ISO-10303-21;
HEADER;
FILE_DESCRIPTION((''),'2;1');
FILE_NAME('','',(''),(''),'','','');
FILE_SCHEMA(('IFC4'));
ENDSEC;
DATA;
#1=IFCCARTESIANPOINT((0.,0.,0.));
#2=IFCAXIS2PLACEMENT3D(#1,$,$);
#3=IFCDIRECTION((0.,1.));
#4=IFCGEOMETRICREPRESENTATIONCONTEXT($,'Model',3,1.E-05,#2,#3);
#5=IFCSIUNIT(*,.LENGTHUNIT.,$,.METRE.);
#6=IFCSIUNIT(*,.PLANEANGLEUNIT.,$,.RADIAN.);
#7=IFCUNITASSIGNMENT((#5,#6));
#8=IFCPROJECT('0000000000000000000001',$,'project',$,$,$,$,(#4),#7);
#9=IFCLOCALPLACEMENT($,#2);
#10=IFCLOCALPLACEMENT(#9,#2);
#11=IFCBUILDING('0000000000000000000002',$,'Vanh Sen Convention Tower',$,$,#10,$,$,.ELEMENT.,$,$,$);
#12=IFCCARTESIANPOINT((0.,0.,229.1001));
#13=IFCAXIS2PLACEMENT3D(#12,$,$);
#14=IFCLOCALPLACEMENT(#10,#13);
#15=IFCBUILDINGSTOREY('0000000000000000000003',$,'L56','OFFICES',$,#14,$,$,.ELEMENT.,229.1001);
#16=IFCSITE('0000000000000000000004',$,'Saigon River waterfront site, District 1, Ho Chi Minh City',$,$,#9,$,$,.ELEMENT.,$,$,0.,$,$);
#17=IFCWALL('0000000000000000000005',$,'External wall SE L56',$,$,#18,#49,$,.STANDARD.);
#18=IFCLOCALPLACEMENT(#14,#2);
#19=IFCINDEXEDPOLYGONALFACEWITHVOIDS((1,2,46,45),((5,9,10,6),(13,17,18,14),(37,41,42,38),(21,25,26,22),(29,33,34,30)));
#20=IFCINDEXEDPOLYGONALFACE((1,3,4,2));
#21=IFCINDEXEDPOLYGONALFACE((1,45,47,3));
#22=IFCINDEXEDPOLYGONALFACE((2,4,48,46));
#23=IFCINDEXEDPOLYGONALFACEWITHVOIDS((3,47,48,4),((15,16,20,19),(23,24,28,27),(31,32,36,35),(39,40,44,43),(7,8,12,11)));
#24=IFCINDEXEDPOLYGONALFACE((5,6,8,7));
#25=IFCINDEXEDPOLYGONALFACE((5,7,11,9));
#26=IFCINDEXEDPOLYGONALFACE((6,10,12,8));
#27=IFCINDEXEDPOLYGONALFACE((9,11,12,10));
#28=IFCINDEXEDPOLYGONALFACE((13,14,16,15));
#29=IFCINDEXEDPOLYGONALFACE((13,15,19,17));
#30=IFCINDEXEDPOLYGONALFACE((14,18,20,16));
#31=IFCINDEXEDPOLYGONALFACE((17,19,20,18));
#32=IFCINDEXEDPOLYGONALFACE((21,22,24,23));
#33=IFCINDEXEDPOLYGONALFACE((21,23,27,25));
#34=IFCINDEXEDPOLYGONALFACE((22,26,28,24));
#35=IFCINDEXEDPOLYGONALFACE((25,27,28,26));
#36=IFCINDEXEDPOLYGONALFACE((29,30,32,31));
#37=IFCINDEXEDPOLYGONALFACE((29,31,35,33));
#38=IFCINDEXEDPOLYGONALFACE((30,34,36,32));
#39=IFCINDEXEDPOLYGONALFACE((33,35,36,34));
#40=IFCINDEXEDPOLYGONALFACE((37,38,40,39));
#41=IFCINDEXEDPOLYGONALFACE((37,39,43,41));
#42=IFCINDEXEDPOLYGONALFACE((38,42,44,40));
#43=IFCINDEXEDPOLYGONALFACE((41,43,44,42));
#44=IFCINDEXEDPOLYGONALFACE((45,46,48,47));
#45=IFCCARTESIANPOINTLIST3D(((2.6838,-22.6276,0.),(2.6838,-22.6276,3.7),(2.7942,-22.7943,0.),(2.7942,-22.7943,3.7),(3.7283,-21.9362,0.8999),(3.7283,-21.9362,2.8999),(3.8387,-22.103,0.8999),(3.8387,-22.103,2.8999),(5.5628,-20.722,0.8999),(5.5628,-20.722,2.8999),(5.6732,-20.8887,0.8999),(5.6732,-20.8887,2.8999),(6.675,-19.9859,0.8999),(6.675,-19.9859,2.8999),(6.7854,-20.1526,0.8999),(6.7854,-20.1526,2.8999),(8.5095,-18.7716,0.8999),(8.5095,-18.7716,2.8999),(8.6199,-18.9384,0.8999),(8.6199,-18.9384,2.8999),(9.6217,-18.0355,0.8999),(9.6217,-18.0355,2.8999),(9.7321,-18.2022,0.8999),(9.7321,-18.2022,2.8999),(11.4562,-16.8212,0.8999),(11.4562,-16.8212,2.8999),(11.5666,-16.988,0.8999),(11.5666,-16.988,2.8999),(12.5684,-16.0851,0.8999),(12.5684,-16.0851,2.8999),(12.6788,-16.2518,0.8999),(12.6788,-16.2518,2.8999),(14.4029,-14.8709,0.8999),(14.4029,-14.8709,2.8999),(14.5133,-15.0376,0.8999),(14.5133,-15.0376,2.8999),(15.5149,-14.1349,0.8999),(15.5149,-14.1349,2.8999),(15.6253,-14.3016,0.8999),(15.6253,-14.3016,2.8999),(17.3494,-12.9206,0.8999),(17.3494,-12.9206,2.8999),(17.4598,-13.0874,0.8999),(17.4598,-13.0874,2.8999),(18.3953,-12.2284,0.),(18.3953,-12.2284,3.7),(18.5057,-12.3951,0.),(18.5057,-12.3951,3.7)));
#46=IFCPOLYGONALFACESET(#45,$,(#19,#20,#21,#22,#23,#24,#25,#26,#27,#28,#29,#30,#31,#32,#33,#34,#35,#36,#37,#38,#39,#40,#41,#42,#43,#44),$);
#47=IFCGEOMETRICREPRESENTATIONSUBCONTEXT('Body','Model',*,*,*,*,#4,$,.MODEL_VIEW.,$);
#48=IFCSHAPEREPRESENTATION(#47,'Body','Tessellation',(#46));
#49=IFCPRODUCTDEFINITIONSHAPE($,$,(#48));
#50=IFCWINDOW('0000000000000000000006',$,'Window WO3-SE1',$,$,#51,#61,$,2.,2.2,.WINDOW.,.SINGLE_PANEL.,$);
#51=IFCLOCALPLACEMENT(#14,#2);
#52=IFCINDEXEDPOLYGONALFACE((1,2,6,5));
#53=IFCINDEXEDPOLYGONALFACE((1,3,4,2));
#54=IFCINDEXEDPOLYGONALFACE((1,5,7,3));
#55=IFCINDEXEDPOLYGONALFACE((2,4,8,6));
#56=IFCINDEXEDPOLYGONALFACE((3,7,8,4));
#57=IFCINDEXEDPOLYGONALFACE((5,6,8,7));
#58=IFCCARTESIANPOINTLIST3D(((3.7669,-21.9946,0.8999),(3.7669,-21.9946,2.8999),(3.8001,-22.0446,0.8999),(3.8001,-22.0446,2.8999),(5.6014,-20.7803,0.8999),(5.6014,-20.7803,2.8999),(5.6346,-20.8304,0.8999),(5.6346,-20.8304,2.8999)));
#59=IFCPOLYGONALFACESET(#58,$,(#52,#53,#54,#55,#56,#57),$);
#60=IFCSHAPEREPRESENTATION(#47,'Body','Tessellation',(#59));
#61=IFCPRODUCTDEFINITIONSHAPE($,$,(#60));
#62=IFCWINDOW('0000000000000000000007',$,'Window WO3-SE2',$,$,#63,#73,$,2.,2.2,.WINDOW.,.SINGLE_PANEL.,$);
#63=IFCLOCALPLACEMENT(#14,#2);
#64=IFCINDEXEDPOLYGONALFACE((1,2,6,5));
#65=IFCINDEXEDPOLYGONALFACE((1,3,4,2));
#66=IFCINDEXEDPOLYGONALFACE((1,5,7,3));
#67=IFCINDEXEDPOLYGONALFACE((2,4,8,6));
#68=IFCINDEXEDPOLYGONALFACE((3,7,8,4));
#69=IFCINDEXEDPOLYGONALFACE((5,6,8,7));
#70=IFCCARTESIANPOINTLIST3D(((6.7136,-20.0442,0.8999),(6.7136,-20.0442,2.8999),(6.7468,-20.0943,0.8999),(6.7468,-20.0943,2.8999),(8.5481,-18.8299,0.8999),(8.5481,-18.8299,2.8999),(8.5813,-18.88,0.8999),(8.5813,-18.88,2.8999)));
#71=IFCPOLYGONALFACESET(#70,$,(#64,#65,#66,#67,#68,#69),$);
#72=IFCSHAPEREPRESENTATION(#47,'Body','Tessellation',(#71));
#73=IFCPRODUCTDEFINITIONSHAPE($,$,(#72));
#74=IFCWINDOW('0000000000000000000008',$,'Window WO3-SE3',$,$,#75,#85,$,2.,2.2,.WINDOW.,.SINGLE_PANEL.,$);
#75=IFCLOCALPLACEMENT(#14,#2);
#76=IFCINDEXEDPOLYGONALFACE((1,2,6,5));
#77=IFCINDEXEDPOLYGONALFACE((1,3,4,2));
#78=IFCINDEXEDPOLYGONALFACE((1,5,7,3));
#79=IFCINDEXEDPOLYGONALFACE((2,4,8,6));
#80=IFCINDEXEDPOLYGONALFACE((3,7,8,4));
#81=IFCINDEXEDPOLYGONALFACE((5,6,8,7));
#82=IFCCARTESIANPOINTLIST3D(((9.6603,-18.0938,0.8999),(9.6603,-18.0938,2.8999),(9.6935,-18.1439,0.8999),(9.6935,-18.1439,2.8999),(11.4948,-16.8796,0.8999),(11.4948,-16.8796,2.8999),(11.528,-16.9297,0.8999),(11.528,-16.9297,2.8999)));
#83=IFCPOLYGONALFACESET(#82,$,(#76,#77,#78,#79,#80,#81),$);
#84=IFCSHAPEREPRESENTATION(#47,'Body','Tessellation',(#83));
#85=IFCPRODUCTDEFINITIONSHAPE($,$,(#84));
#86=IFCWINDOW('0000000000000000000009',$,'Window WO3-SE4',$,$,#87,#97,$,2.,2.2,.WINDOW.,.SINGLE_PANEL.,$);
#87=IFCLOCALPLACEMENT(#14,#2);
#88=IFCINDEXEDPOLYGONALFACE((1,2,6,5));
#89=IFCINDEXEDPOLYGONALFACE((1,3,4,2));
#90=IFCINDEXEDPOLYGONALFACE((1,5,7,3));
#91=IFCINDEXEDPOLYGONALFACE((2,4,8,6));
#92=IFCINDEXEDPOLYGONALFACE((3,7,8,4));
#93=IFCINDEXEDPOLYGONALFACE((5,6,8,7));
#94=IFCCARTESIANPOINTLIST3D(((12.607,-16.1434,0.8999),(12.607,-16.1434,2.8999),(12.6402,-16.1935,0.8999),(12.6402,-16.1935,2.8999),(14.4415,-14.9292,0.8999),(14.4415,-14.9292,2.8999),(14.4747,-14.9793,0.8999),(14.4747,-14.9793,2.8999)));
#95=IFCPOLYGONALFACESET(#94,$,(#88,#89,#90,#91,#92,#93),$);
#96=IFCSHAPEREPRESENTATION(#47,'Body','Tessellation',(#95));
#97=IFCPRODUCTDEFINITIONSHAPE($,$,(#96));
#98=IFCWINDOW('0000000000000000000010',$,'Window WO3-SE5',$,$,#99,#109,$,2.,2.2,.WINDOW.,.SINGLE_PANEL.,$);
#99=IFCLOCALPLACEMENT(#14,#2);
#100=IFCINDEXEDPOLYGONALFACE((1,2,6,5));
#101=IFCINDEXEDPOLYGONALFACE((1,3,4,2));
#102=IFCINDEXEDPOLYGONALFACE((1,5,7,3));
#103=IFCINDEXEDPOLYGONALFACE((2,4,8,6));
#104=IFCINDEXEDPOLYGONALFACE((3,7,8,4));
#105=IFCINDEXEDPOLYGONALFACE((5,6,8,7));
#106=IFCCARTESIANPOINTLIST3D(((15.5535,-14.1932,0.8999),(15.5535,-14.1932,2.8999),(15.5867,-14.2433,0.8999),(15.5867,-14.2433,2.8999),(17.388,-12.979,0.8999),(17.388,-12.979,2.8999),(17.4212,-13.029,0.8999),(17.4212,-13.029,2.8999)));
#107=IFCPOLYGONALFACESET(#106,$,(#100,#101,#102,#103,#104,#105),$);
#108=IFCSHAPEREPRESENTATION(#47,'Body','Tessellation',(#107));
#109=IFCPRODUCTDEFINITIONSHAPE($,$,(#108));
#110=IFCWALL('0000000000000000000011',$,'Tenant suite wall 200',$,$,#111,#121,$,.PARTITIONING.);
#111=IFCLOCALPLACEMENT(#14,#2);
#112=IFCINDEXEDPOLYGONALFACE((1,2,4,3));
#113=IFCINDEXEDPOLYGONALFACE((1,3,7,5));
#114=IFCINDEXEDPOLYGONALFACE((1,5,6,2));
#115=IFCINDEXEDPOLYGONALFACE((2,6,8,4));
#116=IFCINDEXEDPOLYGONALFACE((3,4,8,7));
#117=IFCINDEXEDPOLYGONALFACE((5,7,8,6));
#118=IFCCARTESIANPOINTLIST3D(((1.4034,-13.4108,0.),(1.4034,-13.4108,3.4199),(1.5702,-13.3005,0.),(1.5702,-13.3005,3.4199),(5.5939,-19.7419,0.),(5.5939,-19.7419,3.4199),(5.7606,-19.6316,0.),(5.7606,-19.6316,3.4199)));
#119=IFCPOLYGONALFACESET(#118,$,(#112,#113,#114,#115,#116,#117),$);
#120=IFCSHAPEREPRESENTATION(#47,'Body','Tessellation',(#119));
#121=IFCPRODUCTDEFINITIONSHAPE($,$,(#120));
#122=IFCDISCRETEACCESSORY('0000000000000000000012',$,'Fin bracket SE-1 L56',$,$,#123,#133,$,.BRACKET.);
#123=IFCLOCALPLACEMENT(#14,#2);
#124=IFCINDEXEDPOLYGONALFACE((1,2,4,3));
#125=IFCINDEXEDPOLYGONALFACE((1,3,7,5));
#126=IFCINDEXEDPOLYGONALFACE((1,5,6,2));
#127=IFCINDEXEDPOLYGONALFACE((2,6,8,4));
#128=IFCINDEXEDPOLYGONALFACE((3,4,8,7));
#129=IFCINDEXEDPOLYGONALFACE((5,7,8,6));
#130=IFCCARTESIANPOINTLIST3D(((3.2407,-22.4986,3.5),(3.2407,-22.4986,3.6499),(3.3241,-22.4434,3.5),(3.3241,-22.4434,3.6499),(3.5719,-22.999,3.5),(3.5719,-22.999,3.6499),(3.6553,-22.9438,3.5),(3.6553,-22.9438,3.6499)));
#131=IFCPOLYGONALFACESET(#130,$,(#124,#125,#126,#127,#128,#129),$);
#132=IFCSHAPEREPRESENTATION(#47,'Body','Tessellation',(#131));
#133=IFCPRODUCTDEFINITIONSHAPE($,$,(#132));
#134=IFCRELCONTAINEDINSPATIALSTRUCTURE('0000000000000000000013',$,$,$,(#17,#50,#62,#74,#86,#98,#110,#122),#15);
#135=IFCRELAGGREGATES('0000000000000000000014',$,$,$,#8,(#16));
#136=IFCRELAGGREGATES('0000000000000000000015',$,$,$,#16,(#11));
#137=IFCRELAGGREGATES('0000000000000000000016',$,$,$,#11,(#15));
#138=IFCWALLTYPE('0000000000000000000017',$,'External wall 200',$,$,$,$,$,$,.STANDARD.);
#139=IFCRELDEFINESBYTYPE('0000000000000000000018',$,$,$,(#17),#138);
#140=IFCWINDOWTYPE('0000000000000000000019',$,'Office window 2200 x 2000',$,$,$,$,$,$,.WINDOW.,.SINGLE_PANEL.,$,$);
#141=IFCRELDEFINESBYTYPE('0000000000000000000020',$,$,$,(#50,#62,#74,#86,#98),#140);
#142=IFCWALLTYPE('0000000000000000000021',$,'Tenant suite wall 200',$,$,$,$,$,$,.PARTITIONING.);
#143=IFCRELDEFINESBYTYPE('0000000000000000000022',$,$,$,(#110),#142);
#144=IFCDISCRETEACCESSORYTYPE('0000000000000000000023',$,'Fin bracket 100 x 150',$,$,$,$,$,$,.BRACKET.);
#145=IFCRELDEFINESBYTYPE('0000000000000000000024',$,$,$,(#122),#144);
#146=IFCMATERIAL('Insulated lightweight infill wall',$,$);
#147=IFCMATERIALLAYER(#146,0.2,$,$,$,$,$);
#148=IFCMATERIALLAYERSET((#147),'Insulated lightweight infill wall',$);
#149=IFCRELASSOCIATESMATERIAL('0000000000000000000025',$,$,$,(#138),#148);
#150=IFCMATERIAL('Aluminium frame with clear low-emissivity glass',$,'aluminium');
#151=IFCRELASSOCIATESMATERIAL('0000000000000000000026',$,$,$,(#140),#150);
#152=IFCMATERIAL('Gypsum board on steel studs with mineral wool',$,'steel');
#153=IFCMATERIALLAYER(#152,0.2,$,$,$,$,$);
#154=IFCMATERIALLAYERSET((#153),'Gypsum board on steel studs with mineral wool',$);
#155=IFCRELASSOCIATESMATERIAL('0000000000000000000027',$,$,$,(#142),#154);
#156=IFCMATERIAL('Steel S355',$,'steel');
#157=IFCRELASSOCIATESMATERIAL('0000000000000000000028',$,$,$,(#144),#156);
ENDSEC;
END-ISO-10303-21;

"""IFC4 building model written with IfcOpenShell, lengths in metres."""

from ifc_helpers import new_model, si_unit, direction, frame, frame_2d, origin, origin_2d, place, context, subcontext, project, spatial, rectangle, extrude, material, layer, layer_set, type_object, element, fill, save


model = new_model("IFC4")

# Units and contexts
model_context = context("Model", 3, precision=1e-05, world=origin(), true_north=direction((0.0, 1.0)))
body_context = subcontext(model_context, "Body", "Model", "MODEL_VIEW")
ifc_project = project(units=[si_unit("LENGTHUNIT", "METRE"), si_unit("PLANEANGLEUNIT", "RADIAN")], contexts=[model_context])

# Site, building, storey
site_placement = place(None, origin())
site = spatial("IfcSite", under=ifc_project, at=site_placement, Name="Saigon River waterfront site, District 1, Ho Chi Minh City", CompositionType="ELEMENT", RefElevation=0.0)
building_placement = place(site_placement, origin())
building = spatial("IfcBuilding", under=site, at=building_placement, Name="Vanh Sen Convention Tower", CompositionType="ELEMENT")
storey_placement = place(building_placement, frame((0.0, 0.0, 229.1001)))
storey = spatial("IfcBuildingStorey", under=building, at=storey_placement, Name="L56", Description="OFFICES", CompositionType="ELEMENT", Elevation=229.1001)

# Shared definitions
ifc_material_1 = material(Name="Gypsum board on steel studs with mineral wool", Category="steel")

# Wall, openings, windows
ifc_material_2 = material(Name="Insulated lightweight infill wall")
ifc_layer_1 = layer(ifc_material_2, 0.2)
ifc_layer_set_1 = layer_set([ifc_layer_1], Name="Insulated lightweight infill wall")
wall_type_1 = type_object("IfcWallType", Name="External wall 200", PredefinedType="STANDARD", material=ifc_layer_set_1)
wall_1_placement = place(storey_placement, frame((2.739, -22.7109, 0.0), z_axis=(0.0, 0.0, 1.0), x_axis=(0.833886, 0.551937, 0.0)))
wall_1 = element("IfcWall", 1, at=wall_1_placement, inside=storey, type_object=wall_type_1, Name="External wall SE L56", PredefinedType="STANDARD", context=body_context, shape_type="SweptSolid", body=[
    extrude(rectangle(XDim=18.8413, YDim=0.2, at=frame_2d((9.4207, 0.0))), origin(), (0.0, 0.0, 1.0), 3.7),
])
opening_1_placement = place(wall_1_placement, frame((1.2524, 0.0, 0.8999)))
opening_1 = element("IfcOpeningElement", 2, at=opening_1_placement, cuts=wall_1, PredefinedType="OPENING", context=body_context, shape_type="SweptSolid", body=[
    extrude(rectangle(XDim=2.2, YDim=2.0, at=frame_2d((1.1001, 1.0))), frame((0.0, 0.1099, 0.0), z_axis=(0.0, -1.0, 0.0), x_axis=(1.0, 0.0, 0.0)), (0.0, 0.0, 1.0), 0.22),
])
opening_2_placement = place(wall_1_placement, frame((4.7861, 0.0, 0.8999)))
opening_2 = element("IfcOpeningElement", 3, at=opening_2_placement, cuts=wall_1, PredefinedType="OPENING", context=body_context, shape_type="SweptSolid", body=[
    extrude(rectangle(XDim=2.2, YDim=2.0, at=frame_2d((1.1001, 1.0))), frame((0.0, 0.1099, 0.0), z_axis=(0.0, -1.0, 0.0), x_axis=(1.0, 0.0, 0.0)), (0.0, 0.0, 1.0), 0.22),
])
opening_3_placement = place(wall_1_placement, frame((8.3198, 0.0, 0.8999)))
opening_3 = element("IfcOpeningElement", 4, at=opening_3_placement, cuts=wall_1, PredefinedType="OPENING", context=body_context, shape_type="SweptSolid", body=[
    extrude(rectangle(XDim=2.2, YDim=2.0, at=frame_2d((1.1001, 1.0))), frame((0.0, 0.1099, 0.0), z_axis=(0.0, -1.0, 0.0), x_axis=(1.0, 0.0, 0.0)), (0.0, 0.0, 1.0), 0.22),
])
opening_4_placement = place(wall_1_placement, frame((11.8535, 0.0, 0.8999)))
opening_4 = element("IfcOpeningElement", 5, at=opening_4_placement, cuts=wall_1, PredefinedType="OPENING", context=body_context, shape_type="SweptSolid", body=[
    extrude(rectangle(XDim=2.2, YDim=2.0, at=frame_2d((1.1001, 1.0))), frame((0.0, 0.1099, 0.0), z_axis=(0.0, -1.0, 0.0), x_axis=(1.0, 0.0, 0.0)), (0.0, 0.0, 1.0), 0.22),
])
opening_5_placement = place(wall_1_placement, frame((15.387, 0.0, 0.8999)))
opening_5 = element("IfcOpeningElement", 6, at=opening_5_placement, cuts=wall_1, PredefinedType="OPENING", context=body_context, shape_type="SweptSolid", body=[
    extrude(rectangle(XDim=2.2, YDim=2.0, at=frame_2d((1.1001, 1.0))), frame((0.0, 0.1099, 0.0), z_axis=(0.0, -1.0, 0.0), x_axis=(1.0, 0.0, 0.0)), (0.0, 0.0, 1.0), 0.22),
])
ifc_material_3 = material(Name="Aluminium frame with clear low-emissivity glass", Category="aluminium")
window_type = type_object("IfcWindowType", Name="Office window 2200 x 2000", PartitioningType="SINGLE_PANEL", PredefinedType="WINDOW", material=ifc_material_3)
window_1_placement = place(opening_1_placement, origin())
window_1 = element("IfcWindow", 7, at=window_1_placement, inside=storey, type_object=window_type, Name="Window WO3-SE1", OverallHeight=2.0, OverallWidth=2.2, PartitioningType="SINGLE_PANEL", PredefinedType="WINDOW", context=body_context, shape_type="SweptSolid", body=[
    extrude(rectangle(XDim=2.2, YDim=2.0, at=frame_2d((1.1001, 1.0))), frame((0.0, 0.03, 0.0), z_axis=(0.0, -1.0, 0.0), x_axis=(1.0, 0.0, 0.0)), (0.0, 0.0, 1.0), 0.0601),
])
fill(opening_1, window_1)
window_2_placement = place(opening_2_placement, origin())
window_2 = element("IfcWindow", 8, at=window_2_placement, inside=storey, type_object=window_type, Name="Window WO3-SE2", OverallHeight=2.0, OverallWidth=2.2, PartitioningType="SINGLE_PANEL", PredefinedType="WINDOW", context=body_context, shape_type="SweptSolid", body=[
    extrude(rectangle(XDim=2.2, YDim=2.0, at=frame_2d((1.1001, 1.0))), frame((0.0, 0.03, 0.0), z_axis=(0.0, -1.0, 0.0), x_axis=(1.0, 0.0, 0.0)), (0.0, 0.0, 1.0), 0.0601),
])
fill(opening_2, window_2)
window_3_placement = place(opening_3_placement, origin())
window_3 = element("IfcWindow", 9, at=window_3_placement, inside=storey, type_object=window_type, Name="Window WO3-SE3", OverallHeight=2.0, OverallWidth=2.2, PartitioningType="SINGLE_PANEL", PredefinedType="WINDOW", context=body_context, shape_type="SweptSolid", body=[
    extrude(rectangle(XDim=2.2, YDim=2.0, at=frame_2d((1.1001, 1.0))), frame((0.0, 0.03, 0.0), z_axis=(0.0, -1.0, 0.0), x_axis=(1.0, 0.0, 0.0)), (0.0, 0.0, 1.0), 0.0601),
])
fill(opening_3, window_3)
window_4_placement = place(opening_4_placement, origin())
window_4 = element("IfcWindow", 10, at=window_4_placement, inside=storey, type_object=window_type, Name="Window WO3-SE4", OverallHeight=2.0, OverallWidth=2.2, PartitioningType="SINGLE_PANEL", PredefinedType="WINDOW", context=body_context, shape_type="SweptSolid", body=[
    extrude(rectangle(XDim=2.2, YDim=2.0, at=frame_2d((1.1001, 1.0))), frame((0.0, 0.03, 0.0), z_axis=(0.0, -1.0, 0.0), x_axis=(1.0, 0.0, 0.0)), (0.0, 0.0, 1.0), 0.0601),
])
fill(opening_4, window_4)
window_5_placement = place(opening_5_placement, origin())
window_5 = element("IfcWindow", 11, at=window_5_placement, inside=storey, type_object=window_type, Name="Window WO3-SE5", OverallHeight=2.0, OverallWidth=2.2, PartitioningType="SINGLE_PANEL", PredefinedType="WINDOW", context=body_context, shape_type="SweptSolid", body=[
    extrude(rectangle(XDim=2.2, YDim=2.0, at=frame_2d((1.1001, 1.0))), frame((0.0, 0.03, 0.0), z_axis=(0.0, -1.0, 0.0), x_axis=(1.0, 0.0, 0.0)), (0.0, 0.0, 1.0), 0.0601),
])
fill(opening_5, window_5)

# Wall
ifc_layer_2 = layer(ifc_material_1, 0.2)
ifc_layer_set_2 = layer_set([ifc_layer_2], Name="Gypsum board on steel studs with mineral wool")
wall_type_2 = type_object("IfcWallType", Name="Tenant suite wall 200", PredefinedType="PARTITIONING", material=ifc_layer_set_2)
wall_2_placement = place(storey_placement, frame((5.6772, -19.6868, 0.0), z_axis=(0.0, 0.0, 1.0), x_axis=(-0.551937, 0.833886, 0.0)))
element("IfcWall", 12, at=wall_2_placement, inside=storey, type_object=wall_type_2, Name="Tenant suite wall 200", PredefinedType="PARTITIONING", context=body_context, shape_type="SweptSolid", body=[
    extrude(rectangle(XDim=7.5923, YDim=0.2, at=frame_2d((3.7961, 0.0))), origin(), (0.0, 0.0, 1.0), 3.4199),
])

# Discrete accessory
ifc_material_4 = material(Name="Steel S355", Category="steel")
discrete_accessory_type = type_object("IfcDiscreteAccessoryType", Name="Fin bracket 100 x 150", PredefinedType="BRACKET", material=ifc_material_4)
discrete_accessory_placement = place(storey_placement, frame((3.448, -22.7212, 3.5), z_axis=(0.0, 0.0, 1.0), x_axis=(0.551937, -0.833886, 0.0)))
element("IfcDiscreteAccessory", 13, at=discrete_accessory_placement, inside=storey, type_object=discrete_accessory_type, Name="Fin bracket SE-1 L56", PredefinedType="BRACKET", context=body_context, shape_type="SweptSolid", body=[
    extrude(rectangle(XDim=0.6001, YDim=0.1001, at=origin_2d()), origin(), (0.0, 0.0, 1.0), 0.1499),
])

save(model, "model.ifc")
